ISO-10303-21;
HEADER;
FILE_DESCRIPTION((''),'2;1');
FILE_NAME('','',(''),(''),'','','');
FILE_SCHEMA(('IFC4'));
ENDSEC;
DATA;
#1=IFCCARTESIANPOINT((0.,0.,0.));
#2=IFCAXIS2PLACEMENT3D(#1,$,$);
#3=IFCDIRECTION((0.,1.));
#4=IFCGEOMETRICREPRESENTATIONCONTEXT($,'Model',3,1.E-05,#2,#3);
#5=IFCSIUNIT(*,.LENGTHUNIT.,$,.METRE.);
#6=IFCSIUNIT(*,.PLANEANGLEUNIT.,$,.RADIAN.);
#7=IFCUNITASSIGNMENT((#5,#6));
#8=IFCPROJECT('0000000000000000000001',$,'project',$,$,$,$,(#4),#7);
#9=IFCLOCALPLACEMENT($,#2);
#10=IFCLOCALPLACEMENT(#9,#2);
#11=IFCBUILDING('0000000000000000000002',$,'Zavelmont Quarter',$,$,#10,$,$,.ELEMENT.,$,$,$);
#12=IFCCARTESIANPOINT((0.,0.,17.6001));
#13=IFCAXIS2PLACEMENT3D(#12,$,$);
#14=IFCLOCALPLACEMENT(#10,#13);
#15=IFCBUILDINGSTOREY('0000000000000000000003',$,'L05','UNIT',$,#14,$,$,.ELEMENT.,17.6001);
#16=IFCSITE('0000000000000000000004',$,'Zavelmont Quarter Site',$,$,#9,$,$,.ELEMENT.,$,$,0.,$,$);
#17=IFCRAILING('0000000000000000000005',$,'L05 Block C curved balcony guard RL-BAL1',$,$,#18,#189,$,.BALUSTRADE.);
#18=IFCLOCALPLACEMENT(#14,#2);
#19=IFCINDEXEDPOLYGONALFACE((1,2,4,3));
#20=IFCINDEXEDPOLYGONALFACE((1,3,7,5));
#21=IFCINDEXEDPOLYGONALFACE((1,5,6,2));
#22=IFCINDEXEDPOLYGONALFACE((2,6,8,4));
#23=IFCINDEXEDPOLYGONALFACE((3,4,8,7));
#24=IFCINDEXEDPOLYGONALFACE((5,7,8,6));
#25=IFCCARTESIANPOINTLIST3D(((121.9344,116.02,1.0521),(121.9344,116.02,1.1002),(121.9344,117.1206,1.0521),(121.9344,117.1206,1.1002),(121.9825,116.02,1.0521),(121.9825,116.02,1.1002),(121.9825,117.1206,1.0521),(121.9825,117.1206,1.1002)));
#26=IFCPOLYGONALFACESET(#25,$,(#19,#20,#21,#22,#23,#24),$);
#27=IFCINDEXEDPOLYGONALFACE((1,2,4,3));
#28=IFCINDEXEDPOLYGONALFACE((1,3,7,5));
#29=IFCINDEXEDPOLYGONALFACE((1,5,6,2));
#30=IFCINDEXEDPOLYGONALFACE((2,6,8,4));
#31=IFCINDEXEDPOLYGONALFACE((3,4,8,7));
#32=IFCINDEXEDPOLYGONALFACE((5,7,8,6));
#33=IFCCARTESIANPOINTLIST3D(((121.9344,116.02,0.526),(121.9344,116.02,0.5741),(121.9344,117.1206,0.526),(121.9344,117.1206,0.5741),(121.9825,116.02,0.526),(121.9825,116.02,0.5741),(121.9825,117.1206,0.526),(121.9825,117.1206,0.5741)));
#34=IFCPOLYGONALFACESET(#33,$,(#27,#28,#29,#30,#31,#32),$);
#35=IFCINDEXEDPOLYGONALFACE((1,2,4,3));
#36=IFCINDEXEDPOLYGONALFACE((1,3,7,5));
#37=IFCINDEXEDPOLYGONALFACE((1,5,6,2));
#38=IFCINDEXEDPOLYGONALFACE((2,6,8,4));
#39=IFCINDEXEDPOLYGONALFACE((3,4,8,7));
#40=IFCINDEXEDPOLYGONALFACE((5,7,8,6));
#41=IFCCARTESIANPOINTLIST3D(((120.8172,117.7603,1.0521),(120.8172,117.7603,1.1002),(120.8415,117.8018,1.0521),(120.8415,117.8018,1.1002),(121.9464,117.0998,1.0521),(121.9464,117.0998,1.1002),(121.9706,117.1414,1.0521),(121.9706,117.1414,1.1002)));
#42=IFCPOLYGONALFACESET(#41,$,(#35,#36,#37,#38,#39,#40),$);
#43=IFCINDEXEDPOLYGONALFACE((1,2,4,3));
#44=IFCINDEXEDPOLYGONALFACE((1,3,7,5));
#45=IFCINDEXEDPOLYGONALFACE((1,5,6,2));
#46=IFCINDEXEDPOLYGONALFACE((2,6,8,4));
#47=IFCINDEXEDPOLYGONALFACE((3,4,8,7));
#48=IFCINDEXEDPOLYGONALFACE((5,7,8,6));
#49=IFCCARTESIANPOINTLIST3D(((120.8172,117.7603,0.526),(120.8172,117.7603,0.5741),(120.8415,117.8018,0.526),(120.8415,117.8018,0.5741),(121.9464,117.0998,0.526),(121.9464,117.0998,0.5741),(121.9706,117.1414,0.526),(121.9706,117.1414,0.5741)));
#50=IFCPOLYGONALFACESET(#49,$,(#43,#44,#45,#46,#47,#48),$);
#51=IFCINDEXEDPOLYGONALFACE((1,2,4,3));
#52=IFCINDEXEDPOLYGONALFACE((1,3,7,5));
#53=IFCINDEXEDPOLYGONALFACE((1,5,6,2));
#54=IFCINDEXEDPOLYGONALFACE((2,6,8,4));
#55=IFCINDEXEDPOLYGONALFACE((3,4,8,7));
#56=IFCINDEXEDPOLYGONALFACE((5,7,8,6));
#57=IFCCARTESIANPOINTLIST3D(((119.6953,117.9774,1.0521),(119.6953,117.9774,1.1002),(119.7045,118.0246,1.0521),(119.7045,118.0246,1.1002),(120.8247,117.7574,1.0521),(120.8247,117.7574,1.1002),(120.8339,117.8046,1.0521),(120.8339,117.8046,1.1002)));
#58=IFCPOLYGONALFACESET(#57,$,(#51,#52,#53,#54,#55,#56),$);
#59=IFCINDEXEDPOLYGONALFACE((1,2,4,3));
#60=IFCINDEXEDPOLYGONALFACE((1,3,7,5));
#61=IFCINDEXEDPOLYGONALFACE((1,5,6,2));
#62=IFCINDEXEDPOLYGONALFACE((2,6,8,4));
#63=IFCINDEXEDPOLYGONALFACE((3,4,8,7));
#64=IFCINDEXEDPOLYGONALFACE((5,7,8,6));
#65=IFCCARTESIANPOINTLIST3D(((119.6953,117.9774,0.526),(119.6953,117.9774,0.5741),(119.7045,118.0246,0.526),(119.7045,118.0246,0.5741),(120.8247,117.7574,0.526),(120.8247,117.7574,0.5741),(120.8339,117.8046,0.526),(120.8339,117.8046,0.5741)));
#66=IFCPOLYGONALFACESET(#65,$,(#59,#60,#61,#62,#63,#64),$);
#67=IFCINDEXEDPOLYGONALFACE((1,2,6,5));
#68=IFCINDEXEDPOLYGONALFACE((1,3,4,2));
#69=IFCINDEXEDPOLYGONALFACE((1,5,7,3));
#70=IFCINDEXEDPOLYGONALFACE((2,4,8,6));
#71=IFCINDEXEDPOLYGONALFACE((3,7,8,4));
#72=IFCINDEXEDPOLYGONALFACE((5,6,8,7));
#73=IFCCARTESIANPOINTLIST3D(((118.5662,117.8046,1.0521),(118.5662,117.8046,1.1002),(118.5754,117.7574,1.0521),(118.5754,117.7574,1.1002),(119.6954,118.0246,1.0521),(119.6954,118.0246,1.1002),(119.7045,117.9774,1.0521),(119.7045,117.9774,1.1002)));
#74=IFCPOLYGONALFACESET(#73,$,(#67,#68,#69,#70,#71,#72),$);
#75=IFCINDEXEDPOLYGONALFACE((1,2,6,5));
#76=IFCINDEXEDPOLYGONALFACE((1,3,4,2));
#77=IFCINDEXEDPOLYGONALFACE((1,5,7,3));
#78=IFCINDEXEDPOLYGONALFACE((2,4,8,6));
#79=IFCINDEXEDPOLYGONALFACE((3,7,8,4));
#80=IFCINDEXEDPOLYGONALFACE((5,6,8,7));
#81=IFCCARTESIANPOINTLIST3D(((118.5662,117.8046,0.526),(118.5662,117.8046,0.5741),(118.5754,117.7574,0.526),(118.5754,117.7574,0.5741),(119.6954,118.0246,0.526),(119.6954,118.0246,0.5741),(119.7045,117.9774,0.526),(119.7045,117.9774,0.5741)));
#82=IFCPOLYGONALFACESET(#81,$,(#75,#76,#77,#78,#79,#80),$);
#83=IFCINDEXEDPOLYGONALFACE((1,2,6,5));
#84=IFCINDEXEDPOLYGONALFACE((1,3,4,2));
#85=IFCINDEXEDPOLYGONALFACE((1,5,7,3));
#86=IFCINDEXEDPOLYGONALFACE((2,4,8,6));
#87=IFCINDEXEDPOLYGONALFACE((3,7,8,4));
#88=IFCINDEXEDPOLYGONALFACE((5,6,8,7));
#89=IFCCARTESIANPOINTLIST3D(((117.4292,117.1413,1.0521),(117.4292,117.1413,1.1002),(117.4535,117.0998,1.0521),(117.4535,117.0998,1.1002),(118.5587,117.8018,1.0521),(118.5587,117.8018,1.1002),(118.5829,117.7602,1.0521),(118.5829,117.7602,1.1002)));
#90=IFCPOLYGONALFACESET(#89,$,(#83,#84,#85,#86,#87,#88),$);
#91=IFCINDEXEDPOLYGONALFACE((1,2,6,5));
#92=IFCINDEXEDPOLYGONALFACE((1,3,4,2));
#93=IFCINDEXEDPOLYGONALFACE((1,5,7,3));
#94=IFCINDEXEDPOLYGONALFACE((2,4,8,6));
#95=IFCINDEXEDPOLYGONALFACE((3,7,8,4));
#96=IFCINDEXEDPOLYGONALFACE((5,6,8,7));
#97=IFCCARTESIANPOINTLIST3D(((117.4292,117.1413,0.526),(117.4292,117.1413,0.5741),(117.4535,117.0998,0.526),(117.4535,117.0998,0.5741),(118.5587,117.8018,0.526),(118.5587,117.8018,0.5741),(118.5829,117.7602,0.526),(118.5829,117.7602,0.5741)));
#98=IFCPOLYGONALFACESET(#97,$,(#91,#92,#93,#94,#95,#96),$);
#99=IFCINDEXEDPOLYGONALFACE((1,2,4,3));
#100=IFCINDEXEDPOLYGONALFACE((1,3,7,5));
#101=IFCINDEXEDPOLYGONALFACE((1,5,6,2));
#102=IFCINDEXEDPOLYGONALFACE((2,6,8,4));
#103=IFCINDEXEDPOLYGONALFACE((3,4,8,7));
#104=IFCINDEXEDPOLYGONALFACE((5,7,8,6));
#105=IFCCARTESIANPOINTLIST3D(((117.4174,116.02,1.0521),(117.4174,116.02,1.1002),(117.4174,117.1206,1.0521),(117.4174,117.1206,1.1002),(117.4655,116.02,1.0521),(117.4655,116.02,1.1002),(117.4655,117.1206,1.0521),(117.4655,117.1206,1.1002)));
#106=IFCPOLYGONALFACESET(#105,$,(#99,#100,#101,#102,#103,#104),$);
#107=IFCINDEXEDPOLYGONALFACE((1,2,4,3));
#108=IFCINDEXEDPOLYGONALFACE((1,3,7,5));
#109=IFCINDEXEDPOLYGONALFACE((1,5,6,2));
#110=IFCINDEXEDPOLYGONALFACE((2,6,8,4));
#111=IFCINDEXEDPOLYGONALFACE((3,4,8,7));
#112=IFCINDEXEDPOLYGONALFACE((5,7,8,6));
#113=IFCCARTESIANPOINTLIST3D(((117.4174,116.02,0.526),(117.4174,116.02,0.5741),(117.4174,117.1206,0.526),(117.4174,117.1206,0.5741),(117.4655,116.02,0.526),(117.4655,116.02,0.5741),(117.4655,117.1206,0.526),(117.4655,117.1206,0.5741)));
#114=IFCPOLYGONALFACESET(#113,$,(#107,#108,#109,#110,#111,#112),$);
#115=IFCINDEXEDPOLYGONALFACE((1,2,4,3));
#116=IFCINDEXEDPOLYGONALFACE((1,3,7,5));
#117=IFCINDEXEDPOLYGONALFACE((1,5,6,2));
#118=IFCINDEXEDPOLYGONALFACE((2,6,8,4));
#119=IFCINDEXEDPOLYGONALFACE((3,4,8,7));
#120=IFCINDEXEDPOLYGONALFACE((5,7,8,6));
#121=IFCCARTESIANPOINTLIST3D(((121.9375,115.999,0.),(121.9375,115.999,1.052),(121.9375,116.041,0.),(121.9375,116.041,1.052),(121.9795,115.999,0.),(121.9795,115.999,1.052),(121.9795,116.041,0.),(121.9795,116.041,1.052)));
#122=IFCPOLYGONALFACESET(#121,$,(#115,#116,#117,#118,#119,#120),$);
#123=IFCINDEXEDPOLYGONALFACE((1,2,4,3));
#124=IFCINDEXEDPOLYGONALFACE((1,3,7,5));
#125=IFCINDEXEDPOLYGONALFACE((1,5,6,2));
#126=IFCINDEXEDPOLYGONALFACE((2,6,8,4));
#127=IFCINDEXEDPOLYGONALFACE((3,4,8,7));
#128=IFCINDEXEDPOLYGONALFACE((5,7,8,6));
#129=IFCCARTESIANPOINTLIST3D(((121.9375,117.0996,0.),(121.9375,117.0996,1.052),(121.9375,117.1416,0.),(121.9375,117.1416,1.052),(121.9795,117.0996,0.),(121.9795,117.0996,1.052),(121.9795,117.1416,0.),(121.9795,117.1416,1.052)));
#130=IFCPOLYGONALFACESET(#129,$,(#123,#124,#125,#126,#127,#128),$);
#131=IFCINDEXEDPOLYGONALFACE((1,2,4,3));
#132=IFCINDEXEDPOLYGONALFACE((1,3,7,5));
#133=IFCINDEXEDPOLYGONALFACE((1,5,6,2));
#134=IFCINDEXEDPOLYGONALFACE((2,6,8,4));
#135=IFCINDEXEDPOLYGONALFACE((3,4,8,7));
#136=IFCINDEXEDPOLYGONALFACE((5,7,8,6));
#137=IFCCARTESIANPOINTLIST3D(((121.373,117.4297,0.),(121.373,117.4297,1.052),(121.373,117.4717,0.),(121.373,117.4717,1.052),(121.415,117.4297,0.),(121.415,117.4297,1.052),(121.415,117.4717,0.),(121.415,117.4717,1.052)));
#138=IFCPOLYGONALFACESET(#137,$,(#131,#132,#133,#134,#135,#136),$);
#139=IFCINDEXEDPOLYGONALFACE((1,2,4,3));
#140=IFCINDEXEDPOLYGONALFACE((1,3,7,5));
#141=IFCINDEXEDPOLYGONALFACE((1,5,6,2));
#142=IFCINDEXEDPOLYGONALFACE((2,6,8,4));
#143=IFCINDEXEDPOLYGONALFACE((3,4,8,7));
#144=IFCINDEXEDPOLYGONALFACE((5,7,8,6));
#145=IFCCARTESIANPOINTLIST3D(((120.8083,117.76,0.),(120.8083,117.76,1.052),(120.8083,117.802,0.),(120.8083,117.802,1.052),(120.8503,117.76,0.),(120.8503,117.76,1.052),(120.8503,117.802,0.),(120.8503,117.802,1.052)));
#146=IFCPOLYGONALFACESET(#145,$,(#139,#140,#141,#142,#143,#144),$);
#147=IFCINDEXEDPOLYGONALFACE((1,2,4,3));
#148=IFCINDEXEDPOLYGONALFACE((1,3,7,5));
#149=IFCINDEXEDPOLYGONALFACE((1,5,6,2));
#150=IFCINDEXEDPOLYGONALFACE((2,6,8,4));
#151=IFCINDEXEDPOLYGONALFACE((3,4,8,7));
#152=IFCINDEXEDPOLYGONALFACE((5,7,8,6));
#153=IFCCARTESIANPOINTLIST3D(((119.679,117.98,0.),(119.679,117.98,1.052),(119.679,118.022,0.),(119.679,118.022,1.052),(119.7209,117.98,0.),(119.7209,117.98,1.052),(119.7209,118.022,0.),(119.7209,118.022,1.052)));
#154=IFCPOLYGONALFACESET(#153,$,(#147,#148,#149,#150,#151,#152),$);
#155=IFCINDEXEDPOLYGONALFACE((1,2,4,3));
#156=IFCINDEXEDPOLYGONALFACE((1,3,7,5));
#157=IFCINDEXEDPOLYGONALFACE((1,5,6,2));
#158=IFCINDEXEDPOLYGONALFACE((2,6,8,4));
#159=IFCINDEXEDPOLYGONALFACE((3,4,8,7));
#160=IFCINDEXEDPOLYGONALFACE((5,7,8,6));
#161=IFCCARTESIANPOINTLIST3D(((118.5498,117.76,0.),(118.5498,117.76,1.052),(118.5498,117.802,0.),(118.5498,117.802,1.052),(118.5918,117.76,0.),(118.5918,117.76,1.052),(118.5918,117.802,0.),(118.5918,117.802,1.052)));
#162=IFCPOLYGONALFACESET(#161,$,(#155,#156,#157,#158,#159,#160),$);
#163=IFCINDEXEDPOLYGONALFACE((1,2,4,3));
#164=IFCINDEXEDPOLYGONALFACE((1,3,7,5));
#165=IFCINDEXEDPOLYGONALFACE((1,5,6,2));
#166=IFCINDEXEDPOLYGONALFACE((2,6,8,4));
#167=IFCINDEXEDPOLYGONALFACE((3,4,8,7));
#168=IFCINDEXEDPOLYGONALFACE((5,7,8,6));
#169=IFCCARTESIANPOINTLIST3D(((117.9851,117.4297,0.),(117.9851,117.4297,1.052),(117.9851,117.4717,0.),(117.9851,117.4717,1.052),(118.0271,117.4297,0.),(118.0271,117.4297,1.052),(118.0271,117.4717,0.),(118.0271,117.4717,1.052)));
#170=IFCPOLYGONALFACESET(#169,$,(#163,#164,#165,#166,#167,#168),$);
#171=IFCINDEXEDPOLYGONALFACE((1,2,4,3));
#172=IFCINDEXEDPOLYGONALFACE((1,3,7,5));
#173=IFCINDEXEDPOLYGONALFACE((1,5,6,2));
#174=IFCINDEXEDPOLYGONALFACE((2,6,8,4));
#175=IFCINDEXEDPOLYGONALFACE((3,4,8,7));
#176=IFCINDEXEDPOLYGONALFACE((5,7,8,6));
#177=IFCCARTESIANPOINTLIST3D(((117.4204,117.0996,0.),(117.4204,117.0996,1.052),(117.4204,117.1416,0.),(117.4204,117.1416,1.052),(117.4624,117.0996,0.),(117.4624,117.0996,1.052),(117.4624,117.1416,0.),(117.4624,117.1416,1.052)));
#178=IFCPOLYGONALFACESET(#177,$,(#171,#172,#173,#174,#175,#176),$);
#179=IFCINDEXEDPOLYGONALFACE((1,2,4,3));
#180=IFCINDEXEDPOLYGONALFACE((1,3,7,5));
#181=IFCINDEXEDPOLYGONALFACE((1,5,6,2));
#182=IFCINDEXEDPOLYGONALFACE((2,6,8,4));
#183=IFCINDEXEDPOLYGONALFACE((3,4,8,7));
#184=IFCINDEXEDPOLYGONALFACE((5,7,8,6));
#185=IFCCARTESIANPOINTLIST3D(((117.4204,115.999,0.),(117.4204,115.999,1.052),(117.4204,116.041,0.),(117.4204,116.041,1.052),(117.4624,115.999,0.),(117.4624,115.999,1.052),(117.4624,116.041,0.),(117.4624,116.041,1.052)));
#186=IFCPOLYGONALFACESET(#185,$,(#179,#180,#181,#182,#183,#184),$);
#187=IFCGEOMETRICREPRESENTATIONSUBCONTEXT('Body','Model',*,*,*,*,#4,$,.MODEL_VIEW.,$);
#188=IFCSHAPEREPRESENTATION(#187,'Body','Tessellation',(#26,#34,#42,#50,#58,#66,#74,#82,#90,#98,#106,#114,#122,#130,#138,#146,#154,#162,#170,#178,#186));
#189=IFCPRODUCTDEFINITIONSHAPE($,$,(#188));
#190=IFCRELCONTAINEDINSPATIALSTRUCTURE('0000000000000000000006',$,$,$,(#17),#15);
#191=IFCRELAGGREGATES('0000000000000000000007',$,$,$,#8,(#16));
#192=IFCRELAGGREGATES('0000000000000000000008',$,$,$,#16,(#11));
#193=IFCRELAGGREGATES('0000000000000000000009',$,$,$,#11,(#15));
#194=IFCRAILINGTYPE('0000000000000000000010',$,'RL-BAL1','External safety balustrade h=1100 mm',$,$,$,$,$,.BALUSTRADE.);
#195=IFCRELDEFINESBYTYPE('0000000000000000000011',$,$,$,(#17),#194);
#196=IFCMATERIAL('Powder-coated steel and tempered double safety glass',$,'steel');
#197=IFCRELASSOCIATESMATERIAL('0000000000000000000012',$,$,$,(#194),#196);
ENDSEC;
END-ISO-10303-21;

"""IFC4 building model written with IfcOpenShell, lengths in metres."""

from ifc_helpers import new_model, si_unit, direction, frame, origin, origin_2d, place, context, subcontext, project, spatial, rectangle, extrude, material, type_object, element, save


model = new_model("IFC4")

# Units and contexts
model_context = context("Model", 3, precision=1e-05, world=origin(), true_north=direction((0.0, 1.0)))
body_context = subcontext(model_context, "Body", "Model", "MODEL_VIEW")
ifc_project = project(units=[si_unit("LENGTHUNIT", "METRE"), si_unit("PLANEANGLEUNIT", "RADIAN")], contexts=[model_context])

# Site, building, storey
site_placement = place(None, origin())
site = spatial("IfcSite", under=ifc_project, at=site_placement, Name="Zavelmont Quarter Site", CompositionType="ELEMENT", RefElevation=0.0)
building_placement = place(site_placement, origin())
building = spatial("IfcBuilding", under=site, at=building_placement, Name="Zavelmont Quarter", CompositionType="ELEMENT")
storey_placement = place(building_placement, frame((0.0, 0.0, 17.6001)))
storey = spatial("IfcBuildingStorey", under=building, at=storey_placement, Name="L05", Description="UNIT", CompositionType="ELEMENT", Elevation=17.6001)

# Railing
ifc_material_1 = material(Name="Powder-coated steel and tempered double safety glass", Category="steel")
railing_type = type_object("IfcRailingType", Name="RL-BAL1", Description="External safety balustrade h=1100 mm", PredefinedType="BALUSTRADE", material=ifc_material_1)
railing_placement = place(storey_placement, frame((121.9585, 116.02, 0.0)))
element("IfcRailing", 1, at=railing_placement, inside=storey, type_object=railing_type, Name="L05 Block C curved balcony guard RL-BAL1", PredefinedType="BALUSTRADE", context=body_context, shape_type="SweptSolid", body=[
    extrude(rectangle(XDim=0.0481, YDim=0.0481, at=origin_2d()), frame((0.0, 0.0, 1.0762), z_axis=(0.0, 1.0, 0.0), x_axis=(-1.0, 0.0, 0.0)), (0.0, 0.0, 1.0), 1.1006),
    extrude(rectangle(XDim=0.0481, YDim=0.0481, at=origin_2d()), frame((0.0, 0.0, 0.55), z_axis=(0.0, 1.0, 0.0), x_axis=(-1.0, 0.0, 0.0)), (0.0, 0.0, 1.0), 1.1006),
    extrude(rectangle(XDim=0.0481, YDim=0.0481, at=origin_2d()), frame((0.0, 1.1006, 1.0762), z_axis=(-0.863203, 0.504857, 0.0), x_axis=(-0.504857, -0.863203, 0.0)), (0.0, 0.0, 1.0), 1.3081),
    extrude(rectangle(XDim=0.0481, YDim=0.0481, at=origin_2d()), frame((0.0, 1.1006, 0.55), z_axis=(-0.863203, 0.504857, 0.0), x_axis=(-0.504857, -0.863203, 0.0)), (0.0, 0.0, 1.0), 1.3081),
    extrude(rectangle(XDim=0.0481, YDim=0.0481, at=origin_2d()), frame((-1.1292, 1.761, 1.0762), z_axis=(-0.981556, 0.191176, 0.0), x_axis=(-0.191176, -0.981556, 0.0)), (0.0, 0.0, 1.0), 1.1506),
    extrude(rectangle(XDim=0.0481, YDim=0.0481, at=origin_2d()), frame((-1.1292, 1.761, 0.55), z_axis=(-0.981556, 0.191176, 0.0), x_axis=(-0.191176, -0.981556, 0.0)), (0.0, 0.0, 1.0), 1.1506),
    extrude(rectangle(XDim=0.0481, YDim=0.0481, at=origin_2d()), frame((-2.2585, 1.981, 1.0762), z_axis=(-0.981548, -0.191216, 0.0), x_axis=(0.191216, -0.981548, 0.0)), (0.0, 0.0, 1.0), 1.1504),
    extrude(rectangle(XDim=0.0481, YDim=0.0481, at=origin_2d()), frame((-2.2585, 1.981, 0.55), z_axis=(-0.981548, -0.191216, 0.0), x_axis=(0.191216, -0.981548, 0.0)), (0.0, 0.0, 1.0), 1.1504),
    extrude(rectangle(XDim=0.0481, YDim=0.0481, at=origin_2d()), frame((-3.3877, 1.761, 1.0762), z_axis=(-0.863251, -0.504776, 0.0), x_axis=(0.504776, -0.863251, 0.0)), (0.0, 0.0, 1.0), 1.3083),
    extrude(rectangle(XDim=0.0481, YDim=0.0481, at=origin_2d()), frame((-3.3877, 1.761, 0.55), z_axis=(-0.863251, -0.504776, 0.0), x_axis=(0.504776, -0.863251, 0.0)), (0.0, 0.0, 1.0), 1.3083),
    extrude(rectangle(XDim=0.0481, YDim=0.0481, at=origin_2d()), frame((-4.5171, 1.1006, 1.0762), z_axis=(0.0, -1.0, 0.0), x_axis=(1.0, 0.0, 0.0)), (0.0, 0.0, 1.0), 1.1006),
    extrude(rectangle(XDim=0.0481, YDim=0.0481, at=origin_2d()), frame((-4.5171, 1.1006, 0.55), z_axis=(0.0, -1.0, 0.0), x_axis=(1.0, 0.0, 0.0)), (0.0, 0.0, 1.0), 1.1006),
    extrude(rectangle(XDim=0.042, YDim=0.042, at=origin_2d()), origin(), (0.0, 0.0, 1.0), 1.052),
    extrude(rectangle(XDim=0.042, YDim=0.042, at=origin_2d()), frame((0.0, 1.1006, 0.0)), (0.0, 0.0, 1.0), 1.052),
    extrude(rectangle(XDim=0.042, YDim=0.042, at=origin_2d()), frame((-0.5645, 1.4307, 0.0)), (0.0, 0.0, 1.0), 1.052),
    extrude(rectangle(XDim=0.042, YDim=0.042, at=origin_2d()), frame((-1.1292, 1.761, 0.0)), (0.0, 0.0, 1.0), 1.052),
    extrude(rectangle(XDim=0.042, YDim=0.042, at=origin_2d()), frame((-2.2585, 1.981, 0.0)), (0.0, 0.0, 1.0), 1.052),
    extrude(rectangle(XDim=0.042, YDim=0.042, at=origin_2d()), frame((-3.3877, 1.761, 0.0)), (0.0, 0.0, 1.0), 1.052),
    extrude(rectangle(XDim=0.042, YDim=0.042, at=origin_2d()), frame((-3.9524, 1.4307, 0.0)), (0.0, 0.0, 1.0), 1.052),
    extrude(rectangle(XDim=0.042, YDim=0.042, at=origin_2d()), frame((-4.5171, 1.1006, 0.0)), (0.0, 0.0, 1.0), 1.052),
    extrude(rectangle(XDim=0.042, YDim=0.042, at=origin_2d()), frame((-4.5171, 0.0, 0.0)), (0.0, 0.0, 1.0), 1.052),
])

save(model, "model.ifc")
